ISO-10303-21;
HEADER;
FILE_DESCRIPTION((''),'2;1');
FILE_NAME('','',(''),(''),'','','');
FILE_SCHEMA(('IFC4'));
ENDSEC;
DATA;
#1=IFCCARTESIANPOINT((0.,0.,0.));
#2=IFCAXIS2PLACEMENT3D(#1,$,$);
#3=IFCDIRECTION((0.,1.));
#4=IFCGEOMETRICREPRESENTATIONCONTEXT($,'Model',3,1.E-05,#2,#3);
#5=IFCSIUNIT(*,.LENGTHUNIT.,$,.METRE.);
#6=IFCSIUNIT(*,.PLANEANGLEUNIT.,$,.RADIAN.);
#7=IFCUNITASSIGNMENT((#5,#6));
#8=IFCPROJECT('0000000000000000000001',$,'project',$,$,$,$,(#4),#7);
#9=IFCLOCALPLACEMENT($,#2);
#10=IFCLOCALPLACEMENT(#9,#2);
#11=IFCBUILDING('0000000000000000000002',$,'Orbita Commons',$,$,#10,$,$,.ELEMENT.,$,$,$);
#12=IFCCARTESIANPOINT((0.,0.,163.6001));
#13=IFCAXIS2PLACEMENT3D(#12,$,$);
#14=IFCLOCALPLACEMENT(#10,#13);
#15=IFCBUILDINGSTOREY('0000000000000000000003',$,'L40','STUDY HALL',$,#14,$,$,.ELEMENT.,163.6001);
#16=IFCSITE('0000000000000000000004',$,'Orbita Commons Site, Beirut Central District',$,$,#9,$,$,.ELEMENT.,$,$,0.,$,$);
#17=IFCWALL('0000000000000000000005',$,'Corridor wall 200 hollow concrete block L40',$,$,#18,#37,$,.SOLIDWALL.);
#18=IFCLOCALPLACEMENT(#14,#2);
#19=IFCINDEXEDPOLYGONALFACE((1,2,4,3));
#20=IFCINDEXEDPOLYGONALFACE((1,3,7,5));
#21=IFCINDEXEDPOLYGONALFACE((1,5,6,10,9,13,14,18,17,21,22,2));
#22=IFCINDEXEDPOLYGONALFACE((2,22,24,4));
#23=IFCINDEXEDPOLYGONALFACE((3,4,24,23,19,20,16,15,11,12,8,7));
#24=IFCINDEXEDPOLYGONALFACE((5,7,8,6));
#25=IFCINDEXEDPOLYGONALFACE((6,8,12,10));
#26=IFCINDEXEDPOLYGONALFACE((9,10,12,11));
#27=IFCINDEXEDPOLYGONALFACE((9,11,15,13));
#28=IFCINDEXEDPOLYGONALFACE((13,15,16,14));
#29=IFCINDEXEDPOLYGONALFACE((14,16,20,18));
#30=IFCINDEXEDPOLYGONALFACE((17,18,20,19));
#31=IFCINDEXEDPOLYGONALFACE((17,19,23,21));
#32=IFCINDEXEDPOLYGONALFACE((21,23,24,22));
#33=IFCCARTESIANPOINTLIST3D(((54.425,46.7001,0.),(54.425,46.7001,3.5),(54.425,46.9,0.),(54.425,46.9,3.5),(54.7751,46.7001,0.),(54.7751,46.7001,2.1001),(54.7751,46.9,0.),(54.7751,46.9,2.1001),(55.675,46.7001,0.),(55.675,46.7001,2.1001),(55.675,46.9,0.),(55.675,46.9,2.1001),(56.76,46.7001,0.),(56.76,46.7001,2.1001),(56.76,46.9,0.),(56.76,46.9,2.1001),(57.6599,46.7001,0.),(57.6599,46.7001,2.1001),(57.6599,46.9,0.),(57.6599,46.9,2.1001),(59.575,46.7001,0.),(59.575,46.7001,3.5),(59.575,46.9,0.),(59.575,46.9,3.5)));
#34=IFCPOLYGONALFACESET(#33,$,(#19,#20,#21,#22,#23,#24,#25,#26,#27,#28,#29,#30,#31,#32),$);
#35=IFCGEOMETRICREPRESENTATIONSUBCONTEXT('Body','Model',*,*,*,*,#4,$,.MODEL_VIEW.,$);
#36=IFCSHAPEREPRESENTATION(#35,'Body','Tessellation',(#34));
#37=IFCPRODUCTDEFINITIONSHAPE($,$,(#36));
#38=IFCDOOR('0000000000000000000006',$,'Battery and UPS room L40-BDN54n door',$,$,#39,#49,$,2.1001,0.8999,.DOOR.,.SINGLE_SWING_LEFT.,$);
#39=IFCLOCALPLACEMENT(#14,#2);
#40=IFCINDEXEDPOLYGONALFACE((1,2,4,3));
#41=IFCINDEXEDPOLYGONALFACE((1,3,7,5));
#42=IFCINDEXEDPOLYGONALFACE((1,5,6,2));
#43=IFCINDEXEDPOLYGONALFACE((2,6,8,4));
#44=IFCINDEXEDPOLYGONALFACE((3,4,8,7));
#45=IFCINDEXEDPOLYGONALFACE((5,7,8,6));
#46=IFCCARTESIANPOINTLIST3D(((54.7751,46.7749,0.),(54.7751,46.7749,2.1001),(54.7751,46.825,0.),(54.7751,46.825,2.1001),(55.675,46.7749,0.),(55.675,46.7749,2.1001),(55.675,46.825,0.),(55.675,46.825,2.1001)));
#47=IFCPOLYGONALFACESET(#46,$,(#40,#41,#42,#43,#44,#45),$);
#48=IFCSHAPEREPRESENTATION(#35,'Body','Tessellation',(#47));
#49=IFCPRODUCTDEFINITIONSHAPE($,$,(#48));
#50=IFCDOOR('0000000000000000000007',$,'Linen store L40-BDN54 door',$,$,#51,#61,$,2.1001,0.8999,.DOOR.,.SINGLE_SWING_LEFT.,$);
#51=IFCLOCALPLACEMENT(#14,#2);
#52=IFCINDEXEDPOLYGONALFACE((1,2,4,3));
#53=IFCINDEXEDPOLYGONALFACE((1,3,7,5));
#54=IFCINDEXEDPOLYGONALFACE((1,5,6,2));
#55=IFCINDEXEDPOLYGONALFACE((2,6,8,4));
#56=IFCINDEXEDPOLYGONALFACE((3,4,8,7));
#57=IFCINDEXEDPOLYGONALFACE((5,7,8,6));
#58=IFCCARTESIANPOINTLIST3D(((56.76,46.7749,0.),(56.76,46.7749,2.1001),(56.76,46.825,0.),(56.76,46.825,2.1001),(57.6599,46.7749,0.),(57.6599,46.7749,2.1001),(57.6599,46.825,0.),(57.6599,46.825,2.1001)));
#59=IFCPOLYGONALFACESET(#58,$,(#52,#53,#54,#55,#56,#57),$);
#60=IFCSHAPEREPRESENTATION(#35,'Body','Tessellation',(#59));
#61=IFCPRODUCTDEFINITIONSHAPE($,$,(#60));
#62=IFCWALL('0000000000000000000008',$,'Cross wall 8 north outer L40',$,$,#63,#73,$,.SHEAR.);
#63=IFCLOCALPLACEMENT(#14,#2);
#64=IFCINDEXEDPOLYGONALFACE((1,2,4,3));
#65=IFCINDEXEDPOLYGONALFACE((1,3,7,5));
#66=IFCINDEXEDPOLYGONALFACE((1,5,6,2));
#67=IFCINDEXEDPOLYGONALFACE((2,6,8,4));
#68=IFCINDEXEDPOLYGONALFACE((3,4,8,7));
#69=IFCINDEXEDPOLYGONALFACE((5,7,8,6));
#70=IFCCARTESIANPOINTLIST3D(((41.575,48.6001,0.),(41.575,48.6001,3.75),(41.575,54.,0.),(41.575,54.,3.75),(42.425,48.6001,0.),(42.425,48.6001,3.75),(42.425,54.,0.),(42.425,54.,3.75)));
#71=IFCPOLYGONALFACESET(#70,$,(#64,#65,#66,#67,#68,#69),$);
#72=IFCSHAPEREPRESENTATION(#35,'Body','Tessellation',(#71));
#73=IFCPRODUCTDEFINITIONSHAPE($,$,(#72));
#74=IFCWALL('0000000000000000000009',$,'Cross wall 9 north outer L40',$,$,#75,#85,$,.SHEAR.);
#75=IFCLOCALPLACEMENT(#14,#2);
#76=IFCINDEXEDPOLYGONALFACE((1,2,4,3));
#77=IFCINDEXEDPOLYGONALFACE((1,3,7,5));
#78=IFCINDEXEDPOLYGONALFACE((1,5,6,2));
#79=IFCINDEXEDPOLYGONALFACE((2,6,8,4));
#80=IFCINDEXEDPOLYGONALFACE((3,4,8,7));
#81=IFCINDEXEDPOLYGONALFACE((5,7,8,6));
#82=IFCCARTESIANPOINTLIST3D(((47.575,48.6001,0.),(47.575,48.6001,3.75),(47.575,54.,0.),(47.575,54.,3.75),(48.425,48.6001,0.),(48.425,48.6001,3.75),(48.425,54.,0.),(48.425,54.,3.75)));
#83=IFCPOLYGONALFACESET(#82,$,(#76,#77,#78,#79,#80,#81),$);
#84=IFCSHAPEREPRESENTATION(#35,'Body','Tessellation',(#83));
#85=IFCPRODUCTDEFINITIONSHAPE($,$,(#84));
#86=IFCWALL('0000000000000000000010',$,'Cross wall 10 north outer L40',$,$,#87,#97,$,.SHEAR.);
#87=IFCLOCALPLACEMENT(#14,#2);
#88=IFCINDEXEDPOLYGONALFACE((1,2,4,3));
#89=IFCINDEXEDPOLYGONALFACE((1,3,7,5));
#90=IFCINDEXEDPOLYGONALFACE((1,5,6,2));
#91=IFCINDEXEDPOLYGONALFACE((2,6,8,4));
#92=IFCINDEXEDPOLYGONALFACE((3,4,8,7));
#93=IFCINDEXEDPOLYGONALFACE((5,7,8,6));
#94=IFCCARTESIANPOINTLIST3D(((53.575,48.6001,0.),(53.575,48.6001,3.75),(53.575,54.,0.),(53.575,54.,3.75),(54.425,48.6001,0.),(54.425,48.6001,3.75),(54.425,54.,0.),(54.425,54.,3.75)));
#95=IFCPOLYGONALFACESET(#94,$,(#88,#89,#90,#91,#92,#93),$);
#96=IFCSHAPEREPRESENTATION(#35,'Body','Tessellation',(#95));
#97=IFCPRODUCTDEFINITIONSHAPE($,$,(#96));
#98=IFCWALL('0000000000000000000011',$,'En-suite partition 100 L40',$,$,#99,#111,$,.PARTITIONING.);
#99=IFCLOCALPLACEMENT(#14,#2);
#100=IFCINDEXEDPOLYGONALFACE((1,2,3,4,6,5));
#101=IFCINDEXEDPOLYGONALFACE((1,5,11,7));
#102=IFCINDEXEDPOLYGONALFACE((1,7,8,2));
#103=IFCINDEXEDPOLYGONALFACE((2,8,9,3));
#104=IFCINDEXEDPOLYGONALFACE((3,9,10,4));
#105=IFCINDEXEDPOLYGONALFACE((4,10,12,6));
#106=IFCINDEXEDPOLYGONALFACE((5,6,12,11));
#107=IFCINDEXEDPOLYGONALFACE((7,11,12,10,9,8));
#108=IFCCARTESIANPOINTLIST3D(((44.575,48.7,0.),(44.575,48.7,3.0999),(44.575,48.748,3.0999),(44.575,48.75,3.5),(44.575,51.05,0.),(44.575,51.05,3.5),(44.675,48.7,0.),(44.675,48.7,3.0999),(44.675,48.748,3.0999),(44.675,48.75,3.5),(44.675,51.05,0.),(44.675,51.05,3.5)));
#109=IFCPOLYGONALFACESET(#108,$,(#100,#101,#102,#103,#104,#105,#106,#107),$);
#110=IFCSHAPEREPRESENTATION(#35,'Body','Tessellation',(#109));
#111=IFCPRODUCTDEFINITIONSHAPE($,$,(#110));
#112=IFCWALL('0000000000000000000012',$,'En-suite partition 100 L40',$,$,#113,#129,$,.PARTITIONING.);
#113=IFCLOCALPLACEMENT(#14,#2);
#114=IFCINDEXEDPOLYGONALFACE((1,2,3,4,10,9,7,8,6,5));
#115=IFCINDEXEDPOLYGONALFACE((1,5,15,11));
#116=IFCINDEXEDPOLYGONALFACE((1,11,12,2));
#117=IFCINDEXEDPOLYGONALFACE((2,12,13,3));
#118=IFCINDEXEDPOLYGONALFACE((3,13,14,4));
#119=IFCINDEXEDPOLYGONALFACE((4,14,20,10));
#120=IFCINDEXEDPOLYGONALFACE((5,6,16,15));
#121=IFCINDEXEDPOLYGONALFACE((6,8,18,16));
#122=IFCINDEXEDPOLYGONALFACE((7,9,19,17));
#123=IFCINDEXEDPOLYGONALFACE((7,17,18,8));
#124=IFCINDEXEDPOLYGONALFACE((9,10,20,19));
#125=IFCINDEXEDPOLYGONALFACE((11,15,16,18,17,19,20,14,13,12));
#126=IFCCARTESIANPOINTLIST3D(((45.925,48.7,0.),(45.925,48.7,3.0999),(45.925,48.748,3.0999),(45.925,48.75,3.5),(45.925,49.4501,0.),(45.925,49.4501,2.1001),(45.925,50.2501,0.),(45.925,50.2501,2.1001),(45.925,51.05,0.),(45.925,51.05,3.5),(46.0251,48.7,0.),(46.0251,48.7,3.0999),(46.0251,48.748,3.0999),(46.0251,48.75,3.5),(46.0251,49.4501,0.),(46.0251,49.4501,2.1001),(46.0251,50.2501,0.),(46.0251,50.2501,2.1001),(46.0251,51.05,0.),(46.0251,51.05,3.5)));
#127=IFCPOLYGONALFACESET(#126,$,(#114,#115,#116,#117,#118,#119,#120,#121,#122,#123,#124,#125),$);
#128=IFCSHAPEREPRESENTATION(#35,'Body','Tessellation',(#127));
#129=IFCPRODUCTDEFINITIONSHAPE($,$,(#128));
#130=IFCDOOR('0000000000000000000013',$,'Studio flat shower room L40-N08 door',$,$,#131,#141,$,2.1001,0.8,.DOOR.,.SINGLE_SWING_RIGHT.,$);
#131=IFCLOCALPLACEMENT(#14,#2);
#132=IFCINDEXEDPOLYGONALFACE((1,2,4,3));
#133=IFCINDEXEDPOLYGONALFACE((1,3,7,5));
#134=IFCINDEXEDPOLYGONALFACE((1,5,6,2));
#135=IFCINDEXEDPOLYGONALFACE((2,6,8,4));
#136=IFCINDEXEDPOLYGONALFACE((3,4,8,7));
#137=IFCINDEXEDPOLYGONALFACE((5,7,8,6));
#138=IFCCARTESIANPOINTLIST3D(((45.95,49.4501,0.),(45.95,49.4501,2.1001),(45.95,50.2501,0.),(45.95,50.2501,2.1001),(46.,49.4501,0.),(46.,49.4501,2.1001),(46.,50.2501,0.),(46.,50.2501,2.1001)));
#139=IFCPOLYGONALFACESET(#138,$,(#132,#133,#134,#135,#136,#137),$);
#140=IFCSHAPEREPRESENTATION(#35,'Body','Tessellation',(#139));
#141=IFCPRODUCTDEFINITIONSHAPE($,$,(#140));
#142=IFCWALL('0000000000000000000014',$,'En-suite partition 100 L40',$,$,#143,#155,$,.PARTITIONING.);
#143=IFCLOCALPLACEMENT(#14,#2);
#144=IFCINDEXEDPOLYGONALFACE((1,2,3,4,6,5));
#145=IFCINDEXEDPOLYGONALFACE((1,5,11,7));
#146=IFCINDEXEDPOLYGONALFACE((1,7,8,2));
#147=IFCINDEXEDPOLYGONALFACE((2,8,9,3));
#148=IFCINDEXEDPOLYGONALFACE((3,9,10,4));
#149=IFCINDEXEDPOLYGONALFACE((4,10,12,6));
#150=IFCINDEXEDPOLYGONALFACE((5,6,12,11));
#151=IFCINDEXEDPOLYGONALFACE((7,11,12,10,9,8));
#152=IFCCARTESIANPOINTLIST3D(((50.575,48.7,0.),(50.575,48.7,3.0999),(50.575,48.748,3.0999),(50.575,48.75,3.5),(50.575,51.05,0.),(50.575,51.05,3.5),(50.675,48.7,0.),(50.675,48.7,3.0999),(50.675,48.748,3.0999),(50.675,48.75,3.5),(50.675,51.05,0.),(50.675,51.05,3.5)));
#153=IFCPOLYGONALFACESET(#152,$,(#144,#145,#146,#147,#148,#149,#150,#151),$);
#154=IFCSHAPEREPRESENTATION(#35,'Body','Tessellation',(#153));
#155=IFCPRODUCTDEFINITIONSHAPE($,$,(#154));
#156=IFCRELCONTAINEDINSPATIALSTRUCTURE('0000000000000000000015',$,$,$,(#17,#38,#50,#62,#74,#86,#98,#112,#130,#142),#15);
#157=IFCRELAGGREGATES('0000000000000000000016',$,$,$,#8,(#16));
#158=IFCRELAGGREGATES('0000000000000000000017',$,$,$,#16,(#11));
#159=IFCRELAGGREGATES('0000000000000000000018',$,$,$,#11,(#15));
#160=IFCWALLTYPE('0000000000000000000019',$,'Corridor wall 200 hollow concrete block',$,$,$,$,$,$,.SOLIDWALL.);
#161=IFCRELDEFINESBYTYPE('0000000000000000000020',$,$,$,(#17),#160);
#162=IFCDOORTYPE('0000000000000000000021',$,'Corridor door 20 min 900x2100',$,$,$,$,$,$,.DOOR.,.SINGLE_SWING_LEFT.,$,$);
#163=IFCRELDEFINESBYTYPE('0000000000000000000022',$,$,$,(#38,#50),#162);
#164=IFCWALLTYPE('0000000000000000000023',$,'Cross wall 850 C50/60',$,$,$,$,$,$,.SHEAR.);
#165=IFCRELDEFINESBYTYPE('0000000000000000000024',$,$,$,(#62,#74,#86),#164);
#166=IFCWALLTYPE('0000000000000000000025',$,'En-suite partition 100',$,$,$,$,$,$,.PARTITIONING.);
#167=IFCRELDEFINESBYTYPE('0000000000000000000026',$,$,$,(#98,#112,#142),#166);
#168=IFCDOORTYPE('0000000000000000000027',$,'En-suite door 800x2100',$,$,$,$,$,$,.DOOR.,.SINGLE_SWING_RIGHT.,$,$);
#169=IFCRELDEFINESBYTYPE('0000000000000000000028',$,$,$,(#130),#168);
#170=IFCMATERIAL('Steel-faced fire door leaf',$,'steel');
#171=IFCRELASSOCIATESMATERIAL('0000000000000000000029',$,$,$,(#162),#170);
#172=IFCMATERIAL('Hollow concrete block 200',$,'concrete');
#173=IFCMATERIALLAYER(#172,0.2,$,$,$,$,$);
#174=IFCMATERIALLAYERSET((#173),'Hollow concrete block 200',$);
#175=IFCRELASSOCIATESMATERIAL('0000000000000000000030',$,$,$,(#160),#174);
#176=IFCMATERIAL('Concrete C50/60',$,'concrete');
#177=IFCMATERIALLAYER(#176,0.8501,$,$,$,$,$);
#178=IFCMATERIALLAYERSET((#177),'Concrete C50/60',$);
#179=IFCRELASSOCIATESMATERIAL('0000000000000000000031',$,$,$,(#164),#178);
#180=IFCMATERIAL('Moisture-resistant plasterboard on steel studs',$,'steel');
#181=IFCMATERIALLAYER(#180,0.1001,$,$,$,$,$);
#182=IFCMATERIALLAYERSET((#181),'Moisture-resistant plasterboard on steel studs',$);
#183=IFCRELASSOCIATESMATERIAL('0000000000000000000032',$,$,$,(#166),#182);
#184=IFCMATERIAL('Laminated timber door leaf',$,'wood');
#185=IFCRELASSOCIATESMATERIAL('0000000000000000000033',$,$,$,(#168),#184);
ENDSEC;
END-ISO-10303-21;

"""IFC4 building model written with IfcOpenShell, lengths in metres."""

from ifc_helpers import new_model, si_unit, direction, frame, frame_2d, origin, place, context, subcontext, project, spatial, polyline, rectangle, outline, extrude, material, layer, layer_set, type_object, element, fill, save


model = new_model("IFC4")

# Units and contexts
model_context = context("Model", 3, precision=1e-05, world=origin(), true_north=direction((0.0, 1.0)))
body_context = subcontext(model_context, "Body", "Model", "MODEL_VIEW")
ifc_project = project(units=[si_unit("LENGTHUNIT", "METRE"), si_unit("PLANEANGLEUNIT", "RADIAN")], contexts=[model_context])

# Site, building, storey
site_placement = place(None, origin())
site = spatial("IfcSite", under=ifc_project, at=site_placement, Name="Orbita Commons Site, Beirut Central District", CompositionType="ELEMENT", RefElevation=0.0)
building_placement = place(site_placement, origin())
building = spatial("IfcBuilding", under=site, at=building_placement, Name="Orbita Commons", CompositionType="ELEMENT")
storey_placement = place(building_placement, frame((0.0, 0.0, 163.6001)))
storey = spatial("IfcBuildingStorey", under=building, at=storey_placement, Name="L40", Description="STUDY HALL", CompositionType="ELEMENT", Elevation=163.6001)

# Shared definitions
ifc_material_1 = material(Name="Steel-faced fire door leaf", Category="steel")
door_type_1 = type_object("IfcDoorType", Name="Corridor door 20 min 900x2100", OperationType="SINGLE_SWING_LEFT", PredefinedType="DOOR", material=ifc_material_1)

# Wall, openings, doors
ifc_material_2 = material(Name="Hollow concrete block 200", Category="concrete")
ifc_layer_1 = layer(ifc_material_2, 0.2)
ifc_layer_set_1 = layer_set([ifc_layer_1], Name="Hollow concrete block 200")
wall_type_1 = type_object("IfcWallType", Name="Corridor wall 200 hollow concrete block", PredefinedType="SOLIDWALL", material=ifc_layer_set_1)
wall_1_placement = place(storey_placement, frame((54.425, 46.8, 0.0), z_axis=(0.0, 0.0, 1.0), x_axis=(1.0, 0.0, 0.0)))
wall_1 = element("IfcWall", 1, at=wall_1_placement, inside=storey, type_object=wall_type_1, Name="Corridor wall 200 hollow concrete block L40", PredefinedType="SOLIDWALL", context=body_context, shape_type="SweptSolid", body=[
    extrude(rectangle(XDim=5.1499, YDim=0.2, at=frame_2d((2.575, 0.0))), origin(), (0.0, 0.0, 1.0), 3.5),
])
opening_1_placement = place(wall_1_placement, frame((0.3501, 0.0, 0.0)))
opening_1 = element("IfcOpeningElement", 2, at=opening_1_placement, cuts=wall_1, PredefinedType="OPENING", context=body_context, shape_type="SweptSolid", body=[
    extrude(rectangle(XDim=0.8999, YDim=2.1001, at=frame_2d((0.45, 1.05))), frame((0.0, 0.1099, 0.0), z_axis=(0.0, -1.0, 0.0), x_axis=(1.0, 0.0, 0.0)), (0.0, 0.0, 1.0), 0.22),
])
opening_2_placement = place(wall_1_placement, frame((2.335, 0.0, 0.0)))
opening_2 = element("IfcOpeningElement", 3, at=opening_2_placement, cuts=wall_1, PredefinedType="OPENING", context=body_context, shape_type="SweptSolid", body=[
    extrude(rectangle(XDim=0.8999, YDim=2.1001, at=frame_2d((0.45, 1.05))), frame((0.0, 0.1099, 0.0), z_axis=(0.0, -1.0, 0.0), x_axis=(1.0, 0.0, 0.0)), (0.0, 0.0, 1.0), 0.22),
])
door_1_placement = place(opening_1_placement, origin())
door_1 = element("IfcDoor", 4, at=door_1_placement, inside=storey, type_object=door_type_1, Name="Battery and UPS room L40-BDN54n door", OperationType="SINGLE_SWING_LEFT", OverallHeight=2.1001, OverallWidth=0.8999, PredefinedType="DOOR", context=body_context, shape_type="SweptSolid", body=[
    extrude(rectangle(XDim=0.8999, YDim=2.1001, at=frame_2d((0.45, 1.05))), frame((0.0, 0.0249, 0.0), z_axis=(0.0, -1.0, 0.0), x_axis=(1.0, 0.0, 0.0)), (0.0, 0.0, 1.0), 0.05),
])
fill(opening_1, door_1)
door_2_placement = place(opening_2_placement, origin())
door_2 = element("IfcDoor", 5, at=door_2_placement, inside=storey, type_object=door_type_1, Name="Linen store L40-BDN54 door", OperationType="SINGLE_SWING_LEFT", OverallHeight=2.1001, OverallWidth=0.8999, PredefinedType="DOOR", context=body_context, shape_type="SweptSolid", body=[
    extrude(rectangle(XDim=0.8999, YDim=2.1001, at=frame_2d((0.45, 1.05))), frame((0.0, 0.0249, 0.0), z_axis=(0.0, -1.0, 0.0), x_axis=(1.0, 0.0, 0.0)), (0.0, 0.0, 1.0), 0.05),
])
fill(opening_2, door_2)

# Walls
ifc_material_3 = material(Name="Concrete C50/60", Category="concrete")
ifc_layer_2 = layer(ifc_material_3, 0.8501)
ifc_layer_set_2 = layer_set([ifc_layer_2], Name="Concrete C50/60")
wall_type_2 = type_object("IfcWallType", Name="Cross wall 850 C50/60", PredefinedType="SHEAR", material=ifc_layer_set_2)
for number, where, z_axis, x_axis, name in (
    (6, (42.0, 48.6001, 0.0), (0.0, 0.0, 1.0), (0.0, 1.0, 0.0), "Cross wall 8 north outer L40"),
    (7, (48.0, 48.6001, 0.0), (0.0, 0.0, 1.0), (0.0, 1.0, 0.0), "Cross wall 9 north outer L40"),
    (8, (54.0, 48.6001, 0.0), (0.0, 0.0, 1.0), (0.0, 1.0, 0.0), "Cross wall 10 north outer L40"),
):
    element("IfcWall", number, at=place(storey_placement, frame(where, z_axis=z_axis, x_axis=x_axis)), inside=storey, type_object=wall_type_2, Name=name, PredefinedType="SHEAR", context=body_context, shape_type="SweptSolid", body=[
        extrude(rectangle(XDim=5.3999, YDim=0.8501, at=frame_2d((2.7, 0.0))), origin(), (0.0, 0.0, 1.0), 3.75),
    ])
ifc_material_4 = material(Name="Moisture-resistant plasterboard on steel studs", Category="steel")
ifc_layer_3 = layer(ifc_material_4, 0.1001)
ifc_layer_set_3 = layer_set([ifc_layer_3], Name="Moisture-resistant plasterboard on steel studs")
wall_type_3 = type_object("IfcWallType", Name="En-suite partition 100", PredefinedType="PARTITIONING", material=ifc_layer_set_3)
wall_2_placement = place(storey_placement, frame((44.625, 51.05, 0.0), z_axis=(0.0, 0.0, 1.0), x_axis=(0.0, -1.0, 0.0)))
element("IfcWall", 9, at=wall_2_placement, inside=storey, type_object=wall_type_3, Name="En-suite partition 100 L40", PredefinedType="PARTITIONING", context=body_context, shape_type="SweptSolid", body=[
    extrude(outline(polyline([(0.0, 0.0), (2.3501, 0.0), (2.3501, 3.0999), (2.302, 3.0999), (2.3, 3.5), (0.0, 3.5), (0.0, 0.0)])), frame((0.0, 0.05, 0.0), z_axis=(0.0, -1.0, 0.0), x_axis=(1.0, 0.0, 0.0)), (0.0, 0.0, 1.0), 0.1001),
])

# Wall, opening, door
wall_3_placement = place(storey_placement, frame((45.9751, 51.05, 0.0), z_axis=(0.0, 0.0, 1.0), x_axis=(0.0, -1.0, 0.0)))
wall_3 = element("IfcWall", 10, at=wall_3_placement, inside=storey, type_object=wall_type_3, Name="En-suite partition 100 L40", PredefinedType="PARTITIONING", context=body_context, shape_type="SweptSolid", body=[
    extrude(outline(polyline([(0.0, 0.0), (2.3501, 0.0), (2.3501, 3.0999), (2.302, 3.0999), (2.3, 3.5), (0.0, 3.5), (0.0, 0.0)])), frame((0.0, 0.05, 0.0), z_axis=(0.0, -1.0, 0.0), x_axis=(1.0, 0.0, 0.0)), (0.0, 0.0, 1.0), 0.1001),
])
opening_3_placement = place(wall_3_placement, frame((0.8, 0.0, 0.0)))
opening_3 = element("IfcOpeningElement", 11, at=opening_3_placement, cuts=wall_3, PredefinedType="OPENING", context=body_context, shape_type="SweptSolid", body=[
    extrude(rectangle(XDim=0.8, YDim=2.1001, at=frame_2d((0.3999, 1.05))), frame((0.0, 0.0601, 0.0), z_axis=(0.0, -1.0, 0.0), x_axis=(1.0, 0.0, 0.0)), (0.0, 0.0, 1.0), 0.1201),
])
ifc_material_5 = material(Name="Laminated timber door leaf", Category="wood")
door_type_2 = type_object("IfcDoorType", Name="En-suite door 800x2100", OperationType="SINGLE_SWING_RIGHT", PredefinedType="DOOR", material=ifc_material_5)
door_3_placement = place(opening_3_placement, origin())
door_3 = element("IfcDoor", 12, at=door_3_placement, inside=storey, type_object=door_type_2, Name="Studio flat shower room L40-N08 door", OperationType="SINGLE_SWING_RIGHT", OverallHeight=2.1001, OverallWidth=0.8, PredefinedType="DOOR", context=body_context, shape_type="SweptSolid", body=[
    extrude(rectangle(XDim=0.8, YDim=2.1001, at=frame_2d((0.3999, 1.05))), frame((0.0, 0.0249, 0.0), z_axis=(0.0, -1.0, 0.0), x_axis=(1.0, 0.0, 0.0)), (0.0, 0.0, 1.0), 0.05),
])
fill(opening_3, door_3)

# Wall
wall_4_placement = place(storey_placement, frame((50.625, 51.05, 0.0), z_axis=(0.0, 0.0, 1.0), x_axis=(0.0, -1.0, 0.0)))
element("IfcWall", 13, at=wall_4_placement, inside=storey, type_object=wall_type_3, Name="En-suite partition 100 L40", PredefinedType="PARTITIONING", context=body_context, shape_type="SweptSolid", body=[
    extrude(outline(polyline([(0.0, 0.0), (2.3501, 0.0), (2.3501, 3.0999), (2.302, 3.0999), (2.3, 3.5), (0.0, 3.5), (0.0, 0.0)])), frame((0.0, 0.05, 0.0), z_axis=(0.0, -1.0, 0.0), x_axis=(1.0, 0.0, 0.0)), (0.0, 0.0, 1.0), 0.1001),
])

save(model, "model.ifc")
